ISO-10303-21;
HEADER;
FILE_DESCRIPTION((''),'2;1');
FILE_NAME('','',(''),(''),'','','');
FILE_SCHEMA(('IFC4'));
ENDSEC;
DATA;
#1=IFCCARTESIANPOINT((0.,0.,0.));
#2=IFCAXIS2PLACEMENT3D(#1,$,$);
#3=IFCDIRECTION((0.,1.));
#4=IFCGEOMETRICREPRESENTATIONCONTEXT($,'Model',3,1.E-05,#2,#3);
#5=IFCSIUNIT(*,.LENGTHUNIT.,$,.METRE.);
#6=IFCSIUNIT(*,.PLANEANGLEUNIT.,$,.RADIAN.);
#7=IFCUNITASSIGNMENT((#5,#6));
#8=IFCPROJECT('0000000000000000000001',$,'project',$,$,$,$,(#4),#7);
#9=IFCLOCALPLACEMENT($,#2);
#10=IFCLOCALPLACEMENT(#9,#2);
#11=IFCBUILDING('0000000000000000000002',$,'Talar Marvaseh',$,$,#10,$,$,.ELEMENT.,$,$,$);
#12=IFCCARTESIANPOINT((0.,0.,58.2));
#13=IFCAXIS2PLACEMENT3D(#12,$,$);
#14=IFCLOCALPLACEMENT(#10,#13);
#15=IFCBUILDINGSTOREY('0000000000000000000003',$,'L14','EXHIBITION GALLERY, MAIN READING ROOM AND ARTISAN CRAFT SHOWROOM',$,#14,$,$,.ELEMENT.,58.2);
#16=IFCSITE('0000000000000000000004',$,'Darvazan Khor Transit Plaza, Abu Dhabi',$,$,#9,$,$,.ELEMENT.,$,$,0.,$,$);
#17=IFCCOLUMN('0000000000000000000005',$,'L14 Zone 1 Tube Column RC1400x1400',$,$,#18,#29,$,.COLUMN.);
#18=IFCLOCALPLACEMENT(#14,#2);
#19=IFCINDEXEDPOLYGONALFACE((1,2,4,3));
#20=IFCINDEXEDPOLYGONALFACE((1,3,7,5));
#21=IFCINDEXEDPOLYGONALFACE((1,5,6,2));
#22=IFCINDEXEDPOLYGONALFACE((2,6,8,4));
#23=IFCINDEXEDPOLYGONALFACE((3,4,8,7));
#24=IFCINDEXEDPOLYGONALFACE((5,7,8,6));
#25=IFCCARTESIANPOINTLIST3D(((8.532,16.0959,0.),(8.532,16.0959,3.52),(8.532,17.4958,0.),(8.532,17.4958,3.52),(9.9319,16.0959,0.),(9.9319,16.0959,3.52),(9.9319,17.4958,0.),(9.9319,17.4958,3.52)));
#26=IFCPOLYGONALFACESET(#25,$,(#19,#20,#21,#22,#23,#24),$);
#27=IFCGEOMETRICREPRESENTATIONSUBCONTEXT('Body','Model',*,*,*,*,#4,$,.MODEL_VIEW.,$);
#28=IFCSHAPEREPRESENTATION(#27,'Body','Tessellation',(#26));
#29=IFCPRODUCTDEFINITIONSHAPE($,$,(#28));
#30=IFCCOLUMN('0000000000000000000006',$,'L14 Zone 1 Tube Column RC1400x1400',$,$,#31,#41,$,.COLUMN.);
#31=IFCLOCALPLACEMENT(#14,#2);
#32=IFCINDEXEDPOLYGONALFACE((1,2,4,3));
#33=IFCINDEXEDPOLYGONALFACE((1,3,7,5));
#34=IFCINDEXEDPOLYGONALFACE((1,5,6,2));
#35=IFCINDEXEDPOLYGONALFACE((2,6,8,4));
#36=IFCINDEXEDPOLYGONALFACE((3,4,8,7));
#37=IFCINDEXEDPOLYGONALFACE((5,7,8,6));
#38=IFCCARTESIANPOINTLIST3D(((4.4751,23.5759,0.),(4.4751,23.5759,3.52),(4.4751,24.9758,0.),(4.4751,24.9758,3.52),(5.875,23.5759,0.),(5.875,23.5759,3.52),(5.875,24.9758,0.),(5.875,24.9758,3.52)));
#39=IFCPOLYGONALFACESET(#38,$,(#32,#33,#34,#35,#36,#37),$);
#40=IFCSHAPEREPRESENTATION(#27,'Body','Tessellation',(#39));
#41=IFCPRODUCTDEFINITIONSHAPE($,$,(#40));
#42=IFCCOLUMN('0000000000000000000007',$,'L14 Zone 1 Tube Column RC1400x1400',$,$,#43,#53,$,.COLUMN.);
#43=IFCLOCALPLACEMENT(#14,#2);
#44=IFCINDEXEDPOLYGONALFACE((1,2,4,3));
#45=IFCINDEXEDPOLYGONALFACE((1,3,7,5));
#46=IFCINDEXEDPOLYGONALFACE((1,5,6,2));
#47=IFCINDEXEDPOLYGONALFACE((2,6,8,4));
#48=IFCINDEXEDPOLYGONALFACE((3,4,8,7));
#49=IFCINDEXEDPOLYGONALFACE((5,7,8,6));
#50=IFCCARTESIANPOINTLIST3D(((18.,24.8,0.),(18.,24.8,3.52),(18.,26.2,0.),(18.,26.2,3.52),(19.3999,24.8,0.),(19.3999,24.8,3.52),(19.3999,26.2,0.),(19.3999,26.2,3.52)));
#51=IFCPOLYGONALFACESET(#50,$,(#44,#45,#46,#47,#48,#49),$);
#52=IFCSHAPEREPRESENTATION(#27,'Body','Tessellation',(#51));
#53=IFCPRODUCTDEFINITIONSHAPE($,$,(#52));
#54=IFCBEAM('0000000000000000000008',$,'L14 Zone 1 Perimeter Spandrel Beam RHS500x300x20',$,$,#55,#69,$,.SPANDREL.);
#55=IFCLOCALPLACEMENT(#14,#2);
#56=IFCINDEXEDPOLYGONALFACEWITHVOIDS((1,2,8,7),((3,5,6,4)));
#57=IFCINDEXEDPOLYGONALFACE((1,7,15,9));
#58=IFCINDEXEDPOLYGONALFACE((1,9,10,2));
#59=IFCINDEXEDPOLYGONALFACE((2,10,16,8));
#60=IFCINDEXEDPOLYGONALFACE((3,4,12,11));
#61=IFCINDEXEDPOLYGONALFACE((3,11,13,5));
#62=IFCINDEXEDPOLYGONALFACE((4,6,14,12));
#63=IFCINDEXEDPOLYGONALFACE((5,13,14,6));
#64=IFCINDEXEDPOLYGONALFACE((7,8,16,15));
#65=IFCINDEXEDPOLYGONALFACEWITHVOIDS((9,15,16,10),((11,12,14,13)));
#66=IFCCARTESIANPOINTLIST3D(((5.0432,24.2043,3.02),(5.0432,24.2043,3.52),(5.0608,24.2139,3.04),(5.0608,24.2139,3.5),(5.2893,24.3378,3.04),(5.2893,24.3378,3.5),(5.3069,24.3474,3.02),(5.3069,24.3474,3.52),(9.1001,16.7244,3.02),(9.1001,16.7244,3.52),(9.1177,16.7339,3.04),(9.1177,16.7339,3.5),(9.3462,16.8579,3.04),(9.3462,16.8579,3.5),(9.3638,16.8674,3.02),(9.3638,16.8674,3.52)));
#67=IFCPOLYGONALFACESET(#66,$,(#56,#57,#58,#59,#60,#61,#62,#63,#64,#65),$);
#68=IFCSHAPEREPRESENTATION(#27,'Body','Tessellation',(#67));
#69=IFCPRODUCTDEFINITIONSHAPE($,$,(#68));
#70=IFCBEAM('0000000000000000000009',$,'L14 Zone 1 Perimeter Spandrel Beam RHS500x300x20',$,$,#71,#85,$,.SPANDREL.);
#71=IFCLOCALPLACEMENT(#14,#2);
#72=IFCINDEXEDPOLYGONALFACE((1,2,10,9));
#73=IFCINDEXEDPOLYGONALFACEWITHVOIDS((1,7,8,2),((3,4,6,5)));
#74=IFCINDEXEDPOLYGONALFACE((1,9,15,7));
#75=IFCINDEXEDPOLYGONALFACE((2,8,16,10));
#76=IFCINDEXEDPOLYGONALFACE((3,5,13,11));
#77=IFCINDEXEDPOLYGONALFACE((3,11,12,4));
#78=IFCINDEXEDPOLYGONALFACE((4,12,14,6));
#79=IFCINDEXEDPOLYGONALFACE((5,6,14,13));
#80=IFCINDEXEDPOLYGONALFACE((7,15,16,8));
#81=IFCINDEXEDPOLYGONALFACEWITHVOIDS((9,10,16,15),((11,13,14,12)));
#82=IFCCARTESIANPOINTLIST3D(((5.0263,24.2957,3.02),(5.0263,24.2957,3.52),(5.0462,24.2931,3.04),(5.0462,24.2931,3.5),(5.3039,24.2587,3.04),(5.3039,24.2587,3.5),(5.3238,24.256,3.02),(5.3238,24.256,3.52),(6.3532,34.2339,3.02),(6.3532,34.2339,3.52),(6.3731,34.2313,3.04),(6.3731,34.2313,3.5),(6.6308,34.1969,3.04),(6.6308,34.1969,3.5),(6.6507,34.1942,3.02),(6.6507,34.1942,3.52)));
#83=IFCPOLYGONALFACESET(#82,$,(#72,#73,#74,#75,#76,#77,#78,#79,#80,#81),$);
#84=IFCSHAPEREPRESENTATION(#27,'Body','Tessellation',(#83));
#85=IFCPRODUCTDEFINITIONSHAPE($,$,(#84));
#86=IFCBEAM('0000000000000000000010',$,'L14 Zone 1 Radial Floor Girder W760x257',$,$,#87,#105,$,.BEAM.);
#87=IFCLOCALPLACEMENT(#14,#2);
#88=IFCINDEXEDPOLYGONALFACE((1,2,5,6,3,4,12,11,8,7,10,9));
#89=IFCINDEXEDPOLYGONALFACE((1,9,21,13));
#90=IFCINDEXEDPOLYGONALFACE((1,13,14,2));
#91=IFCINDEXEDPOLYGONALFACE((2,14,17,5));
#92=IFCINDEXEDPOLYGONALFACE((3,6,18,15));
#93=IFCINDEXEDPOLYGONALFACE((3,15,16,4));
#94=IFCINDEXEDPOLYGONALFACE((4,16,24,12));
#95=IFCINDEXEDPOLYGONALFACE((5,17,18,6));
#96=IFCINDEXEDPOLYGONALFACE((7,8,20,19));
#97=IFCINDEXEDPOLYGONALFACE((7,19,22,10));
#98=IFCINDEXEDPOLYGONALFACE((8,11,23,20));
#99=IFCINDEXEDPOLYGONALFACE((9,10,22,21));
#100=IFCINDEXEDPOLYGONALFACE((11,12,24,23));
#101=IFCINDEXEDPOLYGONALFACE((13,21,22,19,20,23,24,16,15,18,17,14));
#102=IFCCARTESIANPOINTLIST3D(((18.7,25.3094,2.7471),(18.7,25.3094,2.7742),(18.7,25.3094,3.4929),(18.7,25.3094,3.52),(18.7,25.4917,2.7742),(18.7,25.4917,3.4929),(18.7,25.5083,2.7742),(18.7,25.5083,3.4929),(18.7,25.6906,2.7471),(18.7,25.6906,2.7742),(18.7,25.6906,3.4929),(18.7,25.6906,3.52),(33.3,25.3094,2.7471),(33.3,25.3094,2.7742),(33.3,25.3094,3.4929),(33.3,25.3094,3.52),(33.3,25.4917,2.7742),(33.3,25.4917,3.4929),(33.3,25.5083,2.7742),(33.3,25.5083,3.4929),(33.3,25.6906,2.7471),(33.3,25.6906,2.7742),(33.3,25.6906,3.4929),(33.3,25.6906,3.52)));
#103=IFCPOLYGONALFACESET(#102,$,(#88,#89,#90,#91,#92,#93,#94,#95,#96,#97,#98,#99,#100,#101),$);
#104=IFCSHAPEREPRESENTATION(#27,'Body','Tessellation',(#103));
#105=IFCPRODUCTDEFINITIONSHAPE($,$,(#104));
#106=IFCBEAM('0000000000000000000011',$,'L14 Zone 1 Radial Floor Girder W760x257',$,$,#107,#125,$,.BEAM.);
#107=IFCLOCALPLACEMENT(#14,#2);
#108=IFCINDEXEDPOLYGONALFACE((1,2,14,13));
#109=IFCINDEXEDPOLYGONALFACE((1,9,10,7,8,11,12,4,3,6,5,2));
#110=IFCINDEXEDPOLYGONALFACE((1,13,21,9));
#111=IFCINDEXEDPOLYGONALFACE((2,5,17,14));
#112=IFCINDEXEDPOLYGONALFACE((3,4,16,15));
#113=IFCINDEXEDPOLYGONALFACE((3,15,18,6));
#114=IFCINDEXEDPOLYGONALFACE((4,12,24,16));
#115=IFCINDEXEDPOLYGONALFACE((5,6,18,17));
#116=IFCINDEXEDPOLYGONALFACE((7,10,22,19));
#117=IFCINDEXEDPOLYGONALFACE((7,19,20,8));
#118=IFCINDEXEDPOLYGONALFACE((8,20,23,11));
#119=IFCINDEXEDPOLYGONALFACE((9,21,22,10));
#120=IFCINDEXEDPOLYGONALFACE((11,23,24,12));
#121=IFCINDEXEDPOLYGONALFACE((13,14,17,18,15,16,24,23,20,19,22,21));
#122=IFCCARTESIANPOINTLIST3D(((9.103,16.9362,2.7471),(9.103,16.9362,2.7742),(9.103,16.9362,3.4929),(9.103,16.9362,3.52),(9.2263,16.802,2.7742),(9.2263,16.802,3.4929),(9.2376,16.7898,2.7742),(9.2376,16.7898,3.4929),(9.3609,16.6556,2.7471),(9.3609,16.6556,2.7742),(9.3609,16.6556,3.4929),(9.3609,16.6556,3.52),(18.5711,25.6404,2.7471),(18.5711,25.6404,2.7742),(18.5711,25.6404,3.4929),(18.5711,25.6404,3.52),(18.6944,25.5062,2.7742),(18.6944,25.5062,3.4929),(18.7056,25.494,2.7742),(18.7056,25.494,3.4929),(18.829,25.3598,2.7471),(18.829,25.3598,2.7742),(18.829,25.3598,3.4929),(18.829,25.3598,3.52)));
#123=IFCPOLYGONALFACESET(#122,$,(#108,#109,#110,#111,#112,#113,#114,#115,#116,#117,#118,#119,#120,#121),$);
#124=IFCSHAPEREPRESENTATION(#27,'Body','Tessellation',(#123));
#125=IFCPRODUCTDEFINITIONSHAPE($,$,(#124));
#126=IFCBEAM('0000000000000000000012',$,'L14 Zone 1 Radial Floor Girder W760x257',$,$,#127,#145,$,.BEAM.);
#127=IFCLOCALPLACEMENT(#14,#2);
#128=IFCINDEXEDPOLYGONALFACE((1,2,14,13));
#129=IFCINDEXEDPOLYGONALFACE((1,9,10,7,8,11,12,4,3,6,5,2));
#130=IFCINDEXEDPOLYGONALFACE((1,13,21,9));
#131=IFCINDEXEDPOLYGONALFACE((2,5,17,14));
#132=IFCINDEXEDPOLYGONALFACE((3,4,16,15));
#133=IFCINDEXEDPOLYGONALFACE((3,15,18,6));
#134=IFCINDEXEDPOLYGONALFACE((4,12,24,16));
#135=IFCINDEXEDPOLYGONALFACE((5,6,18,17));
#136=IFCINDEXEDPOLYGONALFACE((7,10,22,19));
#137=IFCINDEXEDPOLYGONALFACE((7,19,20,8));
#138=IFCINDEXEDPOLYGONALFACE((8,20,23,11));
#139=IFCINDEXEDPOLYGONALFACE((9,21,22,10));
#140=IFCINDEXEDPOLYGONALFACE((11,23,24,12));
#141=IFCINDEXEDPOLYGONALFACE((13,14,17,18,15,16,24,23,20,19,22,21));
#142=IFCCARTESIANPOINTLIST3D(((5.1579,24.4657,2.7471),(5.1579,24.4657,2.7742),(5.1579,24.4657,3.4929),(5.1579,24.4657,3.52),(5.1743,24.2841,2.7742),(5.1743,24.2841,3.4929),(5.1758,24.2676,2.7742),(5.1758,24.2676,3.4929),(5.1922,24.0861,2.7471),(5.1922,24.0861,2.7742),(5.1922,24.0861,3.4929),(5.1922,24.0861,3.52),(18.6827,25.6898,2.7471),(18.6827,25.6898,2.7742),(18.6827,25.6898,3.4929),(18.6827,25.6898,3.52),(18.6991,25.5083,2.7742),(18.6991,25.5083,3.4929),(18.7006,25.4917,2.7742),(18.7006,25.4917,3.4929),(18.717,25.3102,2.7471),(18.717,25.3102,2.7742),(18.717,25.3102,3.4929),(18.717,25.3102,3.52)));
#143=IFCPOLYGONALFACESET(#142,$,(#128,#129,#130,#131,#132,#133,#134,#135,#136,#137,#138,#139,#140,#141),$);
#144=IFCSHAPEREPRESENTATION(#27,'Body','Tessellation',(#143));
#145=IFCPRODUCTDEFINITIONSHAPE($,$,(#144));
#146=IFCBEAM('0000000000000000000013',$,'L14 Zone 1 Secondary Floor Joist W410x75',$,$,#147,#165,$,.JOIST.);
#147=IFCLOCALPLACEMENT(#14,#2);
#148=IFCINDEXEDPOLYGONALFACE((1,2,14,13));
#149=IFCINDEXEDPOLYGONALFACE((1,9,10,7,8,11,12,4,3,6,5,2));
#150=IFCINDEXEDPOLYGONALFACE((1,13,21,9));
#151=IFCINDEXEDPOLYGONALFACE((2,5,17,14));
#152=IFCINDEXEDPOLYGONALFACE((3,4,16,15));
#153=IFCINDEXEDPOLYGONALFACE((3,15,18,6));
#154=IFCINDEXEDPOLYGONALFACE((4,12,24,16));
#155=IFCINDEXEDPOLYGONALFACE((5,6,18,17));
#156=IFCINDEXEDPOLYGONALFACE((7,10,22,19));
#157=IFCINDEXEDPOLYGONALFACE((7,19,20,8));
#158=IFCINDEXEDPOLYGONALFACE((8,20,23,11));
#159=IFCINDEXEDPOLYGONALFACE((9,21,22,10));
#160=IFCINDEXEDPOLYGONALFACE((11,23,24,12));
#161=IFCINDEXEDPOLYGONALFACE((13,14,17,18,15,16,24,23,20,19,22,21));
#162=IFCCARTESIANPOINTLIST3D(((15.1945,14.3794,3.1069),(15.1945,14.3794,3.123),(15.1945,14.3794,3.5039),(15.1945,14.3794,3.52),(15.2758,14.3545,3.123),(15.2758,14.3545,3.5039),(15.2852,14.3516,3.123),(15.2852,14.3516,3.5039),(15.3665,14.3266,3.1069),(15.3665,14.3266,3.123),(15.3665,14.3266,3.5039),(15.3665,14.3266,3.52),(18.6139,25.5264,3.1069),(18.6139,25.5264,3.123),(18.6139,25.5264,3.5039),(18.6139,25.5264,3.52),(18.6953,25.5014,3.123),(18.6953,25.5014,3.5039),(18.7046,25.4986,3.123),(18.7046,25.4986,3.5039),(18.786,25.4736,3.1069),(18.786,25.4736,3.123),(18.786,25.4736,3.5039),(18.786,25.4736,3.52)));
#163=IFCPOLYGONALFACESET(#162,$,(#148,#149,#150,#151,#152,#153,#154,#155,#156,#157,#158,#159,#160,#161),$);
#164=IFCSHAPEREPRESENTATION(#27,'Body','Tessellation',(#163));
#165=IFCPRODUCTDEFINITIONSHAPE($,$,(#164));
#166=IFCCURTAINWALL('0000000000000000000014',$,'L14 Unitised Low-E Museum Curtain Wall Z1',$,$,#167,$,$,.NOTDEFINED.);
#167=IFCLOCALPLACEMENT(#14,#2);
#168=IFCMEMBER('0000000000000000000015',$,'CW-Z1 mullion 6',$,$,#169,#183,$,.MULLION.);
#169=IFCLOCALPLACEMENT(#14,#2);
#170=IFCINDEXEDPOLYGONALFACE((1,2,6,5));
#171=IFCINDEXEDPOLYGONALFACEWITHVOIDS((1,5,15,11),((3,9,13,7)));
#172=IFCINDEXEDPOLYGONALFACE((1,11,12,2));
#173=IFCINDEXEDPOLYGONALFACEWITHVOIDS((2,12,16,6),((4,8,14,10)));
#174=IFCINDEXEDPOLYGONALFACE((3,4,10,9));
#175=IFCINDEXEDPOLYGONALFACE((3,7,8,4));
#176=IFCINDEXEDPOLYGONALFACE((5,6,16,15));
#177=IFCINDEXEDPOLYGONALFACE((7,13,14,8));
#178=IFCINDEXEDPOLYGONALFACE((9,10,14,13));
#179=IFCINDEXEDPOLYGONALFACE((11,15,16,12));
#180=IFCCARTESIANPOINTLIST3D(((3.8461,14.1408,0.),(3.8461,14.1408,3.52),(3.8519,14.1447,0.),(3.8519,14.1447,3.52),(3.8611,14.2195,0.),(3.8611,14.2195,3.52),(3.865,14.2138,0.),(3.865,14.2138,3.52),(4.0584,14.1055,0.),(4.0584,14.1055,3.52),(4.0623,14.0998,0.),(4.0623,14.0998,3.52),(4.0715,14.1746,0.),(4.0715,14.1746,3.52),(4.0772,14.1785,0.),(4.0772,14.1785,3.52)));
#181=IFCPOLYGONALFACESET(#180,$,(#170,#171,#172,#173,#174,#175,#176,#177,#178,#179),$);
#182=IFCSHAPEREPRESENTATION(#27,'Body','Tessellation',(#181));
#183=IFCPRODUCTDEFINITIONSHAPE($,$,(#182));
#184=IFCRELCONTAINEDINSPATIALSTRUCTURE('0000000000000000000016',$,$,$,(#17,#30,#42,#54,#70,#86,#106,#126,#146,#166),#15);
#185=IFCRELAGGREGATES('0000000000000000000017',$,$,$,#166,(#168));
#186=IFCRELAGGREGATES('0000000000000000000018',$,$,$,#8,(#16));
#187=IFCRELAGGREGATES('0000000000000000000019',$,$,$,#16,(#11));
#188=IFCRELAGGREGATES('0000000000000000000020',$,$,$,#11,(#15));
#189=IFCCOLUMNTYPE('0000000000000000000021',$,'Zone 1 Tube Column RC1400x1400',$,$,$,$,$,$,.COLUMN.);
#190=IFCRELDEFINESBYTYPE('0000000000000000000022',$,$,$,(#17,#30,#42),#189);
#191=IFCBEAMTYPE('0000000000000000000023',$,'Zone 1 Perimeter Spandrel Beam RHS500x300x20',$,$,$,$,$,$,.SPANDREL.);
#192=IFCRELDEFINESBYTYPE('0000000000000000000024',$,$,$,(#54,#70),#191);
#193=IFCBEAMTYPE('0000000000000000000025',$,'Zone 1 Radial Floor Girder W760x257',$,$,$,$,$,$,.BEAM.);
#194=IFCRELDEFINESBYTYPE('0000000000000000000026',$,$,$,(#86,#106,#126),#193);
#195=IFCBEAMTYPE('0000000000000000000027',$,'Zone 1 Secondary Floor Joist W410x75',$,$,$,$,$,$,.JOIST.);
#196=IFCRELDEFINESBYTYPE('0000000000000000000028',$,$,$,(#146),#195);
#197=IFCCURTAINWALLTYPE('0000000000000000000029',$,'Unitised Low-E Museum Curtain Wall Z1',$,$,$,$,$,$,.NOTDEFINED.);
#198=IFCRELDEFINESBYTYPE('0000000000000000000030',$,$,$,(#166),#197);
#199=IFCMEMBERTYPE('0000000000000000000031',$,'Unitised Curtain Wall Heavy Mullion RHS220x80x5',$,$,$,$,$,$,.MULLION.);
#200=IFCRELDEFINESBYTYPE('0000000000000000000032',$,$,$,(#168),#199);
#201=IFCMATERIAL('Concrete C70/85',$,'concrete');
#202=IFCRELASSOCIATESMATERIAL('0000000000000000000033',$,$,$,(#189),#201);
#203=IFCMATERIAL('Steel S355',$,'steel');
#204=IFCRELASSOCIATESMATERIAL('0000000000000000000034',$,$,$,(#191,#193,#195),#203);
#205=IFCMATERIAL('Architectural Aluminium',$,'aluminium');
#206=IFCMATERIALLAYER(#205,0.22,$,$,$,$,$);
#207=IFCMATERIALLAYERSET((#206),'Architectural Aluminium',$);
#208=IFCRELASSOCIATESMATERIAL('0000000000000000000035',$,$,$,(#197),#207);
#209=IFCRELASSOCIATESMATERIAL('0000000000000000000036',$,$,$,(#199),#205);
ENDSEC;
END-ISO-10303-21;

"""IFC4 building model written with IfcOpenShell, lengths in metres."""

from ifc_helpers import new_model, si_unit, direction, frame, origin, origin_2d, place, context, subcontext, project, spatial, rectangle, hollow_rectangle, i_section, extrude, source, transform, mapped, material, layer, layer_set, material_profile, profile_set, type_object, type_shapes, element, aggregate, save


model = new_model("IFC4")

# Units and contexts
model_context = context("Model", 3, precision=1e-05, world=origin(), true_north=direction((0.0, 1.0)))
body_context = subcontext(model_context, "Body", "Model", "MODEL_VIEW")
ifc_project = project(units=[si_unit("LENGTHUNIT", "METRE"), si_unit("PLANEANGLEUNIT", "RADIAN")], contexts=[model_context])

# Site, building, storey
site_placement = place(None, origin())
site = spatial("IfcSite", under=ifc_project, at=site_placement, Name="Darvazan Khor Transit Plaza, Abu Dhabi", CompositionType="ELEMENT", RefElevation=0.0)
building_placement = place(site_placement, origin())
building = spatial("IfcBuilding", under=site, at=building_placement, Name="Talar Marvaseh", CompositionType="ELEMENT")
storey_placement = place(building_placement, frame((0.0, 0.0, 58.2)))
storey = spatial("IfcBuildingStorey", under=building, at=storey_placement, Name="L14", Description="EXHIBITION GALLERY, MAIN READING ROOM AND ARTISAN CRAFT SHOWROOM", CompositionType="ELEMENT", Elevation=58.2)

# Columns
ifc_material_1 = material(Name="Concrete C70/85", Category="concrete")
ifc_material_profile_1 = material_profile(ifc_material_1, rectangle(XDim=1.3999, YDim=1.3999, at=origin_2d()), Name="RC1400x1400")
ifc_profile_set_1 = profile_set([ifc_material_profile_1], Name="Concrete C70/85")
column_type = type_object("IfcColumnType", Name="Zone 1 Tube Column RC1400x1400", PredefinedType="COLUMN", material=ifc_profile_set_1)
for number, where, z_axis, x_axis, name in (
    (1, (9.2319, 16.7959, 0.0), (0.0, 0.0, 1.0), (1.0, 0.0, 0.0), "L14 Zone 1 Tube Column RC1400x1400"),
    (2, (5.175, 24.2759, 0.0), (0.0, 0.0, 1.0), (1.0, 0.0, 0.0), "L14 Zone 1 Tube Column RC1400x1400"),
    (3, (18.7, 25.5, 0.0), (0.0, 0.0, 1.0), (1.0, 0.0, 0.0), "L14 Zone 1 Tube Column RC1400x1400"),
):
    element("IfcColumn", number, at=place(storey_placement, frame(where, z_axis=z_axis, x_axis=x_axis)), inside=storey, type_object=column_type, Name=name, PredefinedType="COLUMN", context=body_context, shape_type="SweptSolid", body=[
        extrude(rectangle(XDim=1.3999, YDim=1.3999, at=origin_2d()), origin(), (0.0, 0.0, 1.0), 3.52),
    ])

# Beams
ifc_material_2 = material(Name="Steel S355", Category="steel")
ifc_material_profile_2 = material_profile(ifc_material_2, hollow_rectangle(XDim=0.3, YDim=0.5, WallThickness=0.02, at=origin_2d()), Name="RHS500x300x20")
ifc_profile_set_2 = profile_set([ifc_material_profile_2], Name="Steel S355")
beam_type_1 = type_object("IfcBeamType", Name="Zone 1 Perimeter Spandrel Beam RHS500x300x20", PredefinedType="SPANDREL", material=ifc_profile_set_2)
beam_1_placement = place(storey_placement, frame((9.2319, 16.7959, 3.27), z_axis=(-0.476758, 0.879035, 0.0), x_axis=(-0.879035, -0.476758, 0.0)))
element("IfcBeam", 4, at=beam_1_placement, inside=storey, type_object=beam_type_1, Name="L14 Zone 1 Perimeter Spandrel Beam RHS500x300x20", PredefinedType="SPANDREL", context=body_context, shape_type="SweptSolid", body=[
    extrude(hollow_rectangle(XDim=0.3, YDim=0.5, WallThickness=0.02, at=origin_2d()), origin(), (0.0, 0.0, 1.0), 8.5093),
])
beam_2_placement = place(storey_placement, frame((5.175, 24.2759, 3.27), z_axis=(0.132341, 0.991204, 0.0), x_axis=(-0.991204, 0.132341, 0.0)))
element("IfcBeam", 5, at=beam_2_placement, inside=storey, type_object=beam_type_1, Name="L14 Zone 1 Perimeter Spandrel Beam RHS500x300x20", PredefinedType="SPANDREL", context=body_context, shape_type="SweptSolid", body=[
    extrude(hollow_rectangle(XDim=0.3, YDim=0.5, WallThickness=0.02, at=origin_2d()), origin(), (0.0, 0.0, 1.0), 10.0264),
])
ifc_material_profile_3 = material_profile(ifc_material_2, i_section(OverallWidth=0.3811, OverallDepth=0.7729, WebThickness=0.0166, FlangeThickness=0.0271, at=origin_2d()), Name="W760x257")
ifc_profile_set_3 = profile_set([ifc_material_profile_3], Name="Steel S355")
beam_type_2 = type_object("IfcBeamType", Name="Zone 1 Radial Floor Girder W760x257", PredefinedType="BEAM", material=ifc_profile_set_3)
beam_3_placement = place(storey_placement, frame((18.7, 25.5, 3.1335), z_axis=(1.0, 0.0, 0.0), x_axis=(0.0, 1.0, 0.0)))
element("IfcBeam", 6, at=beam_3_placement, inside=storey, type_object=beam_type_2, Name="L14 Zone 1 Radial Floor Girder W760x257", PredefinedType="BEAM", context=body_context, shape_type="SweptSolid", body=[
    extrude(i_section(OverallWidth=0.3811, OverallDepth=0.7729, WebThickness=0.0166, FlangeThickness=0.0271, at=origin_2d()), origin(), (0.0, 0.0, 1.0), 14.6001),
])
beam_4_placement = place(storey_placement, frame((9.2319, 16.7959, 3.1335), z_axis=(0.736182, 0.676784, 0.0), x_axis=(-0.676784, 0.736182, 0.0)))
element("IfcBeam", 7, at=beam_4_placement, inside=storey, type_object=beam_type_2, Name="L14 Zone 1 Radial Floor Girder W760x257", PredefinedType="BEAM", context=body_context, shape_type="SweptSolid", body=[
    extrude(i_section(OverallWidth=0.3811, OverallDepth=0.7729, WebThickness=0.0166, FlangeThickness=0.0271, at=origin_2d()), origin(), (0.0, 0.0, 1.0), 12.8611),
])
beam_5_placement = place(storey_placement, frame((5.175, 24.2759, 3.1335), z_axis=(0.995929, 0.09014, 0.0), x_axis=(-0.09014, 0.995929, 0.0)))
element("IfcBeam", 8, at=beam_5_placement, inside=storey, type_object=beam_type_2, Name="L14 Zone 1 Radial Floor Girder W760x257", PredefinedType="BEAM", context=body_context, shape_type="SweptSolid", body=[
    extrude(i_section(OverallWidth=0.3811, OverallDepth=0.7729, WebThickness=0.0166, FlangeThickness=0.0271, at=origin_2d()), origin(), (0.0, 0.0, 1.0), 13.5801),
])
ifc_material_profile_4 = material_profile(ifc_material_2, i_section(OverallWidth=0.1799, OverallDepth=0.4131, WebThickness=0.0098, FlangeThickness=0.0161, at=origin_2d()), Name="W410x75")
ifc_profile_set_4 = profile_set([ifc_material_profile_4], Name="Steel S355")
beam_type_3 = type_object("IfcBeamType", Name="Zone 1 Secondary Floor Joist W410x75", PredefinedType="JOIST", material=ifc_profile_set_4)
beam_6_placement = place(storey_placement, frame((15.2805, 14.353, 3.3135), z_axis=(0.293271, 0.956029, 0.0), x_axis=(-0.956029, 0.293271, 0.0)))
element("IfcBeam", 9, at=beam_6_placement, inside=storey, type_object=beam_type_3, Name="L14 Zone 1 Secondary Floor Joist W410x75", PredefinedType="JOIST", context=body_context, shape_type="SweptSolid", body=[
    extrude(i_section(OverallWidth=0.1799, OverallDepth=0.4131, WebThickness=0.0098, FlangeThickness=0.0161, at=origin_2d()), origin(), (0.0, 0.0, 1.0), 11.6597),
])

# Curtain wall, member
ifc_material_3 = material(Name="Architectural Aluminium", Category="aluminium")
ifc_layer_1 = layer(ifc_material_3, 0.22)
ifc_layer_set_1 = layer_set([ifc_layer_1], Name="Architectural Aluminium")
curtain_wall_type = type_object("IfcCurtainWallType", Name="Unitised Low-E Museum Curtain Wall Z1", PredefinedType="NOTDEFINED", material=ifc_layer_set_1)
curtain_wall_1_placement = place(storey_placement, origin())
curtain_wall_1 = element("IfcCurtainWall", 10, at=curtain_wall_1_placement, inside=storey, type_object=curtain_wall_type, Name="L14 Unitised Low-E Museum Curtain Wall Z1", PredefinedType="NOTDEFINED")
ifc_material_profile_5 = material_profile(ifc_material_3, hollow_rectangle(XDim=0.0801, YDim=0.22, WallThickness=0.0049, at=origin_2d()), Name="RHS220x80x5")
ifc_profile_set_5 = profile_set([ifc_material_profile_5], Name="Architectural Aluminium")
member_type_1 = type_object("IfcMemberType", Name="Unitised Curtain Wall Heavy Mullion RHS220x80x5", PredefinedType="MULLION", material=ifc_profile_set_5)
shared_shape_1 = source(origin(), body_context, "Body", "SweptSolid", [
    extrude(hollow_rectangle(XDim=0.0801, YDim=0.22, WallThickness=0.0049, at=origin_2d()), origin(), (0.0, 0.0, 1.0), 3.52),
])
type_shapes(member_type_1, [shared_shape_1])
member_1_placement = place(storey_placement, frame((3.9617, 14.1597, 0.0), z_axis=(0.0, 0.0, 1.0), x_axis=(-0.186373, -0.982479, 0.0)))
member_1 = element("IfcMember", 11, at=member_1_placement, type_object=member_type_1, Name="CW-Z1 mullion 6", PredefinedType="MULLION", context=body_context, shape_type="MappedRepresentation", body=[
    mapped(shared_shape_1, transform((0.0, 0.0, 0.0), x_axis=(1.0, 0.0, 0.0), y_axis=(0.0, 1.0, 0.0), z_axis=(0.0, 0.0, 1.0), scale=1.0)),
])

aggregate(curtain_wall_1, [member_1])

save(model, "model.ifc")
